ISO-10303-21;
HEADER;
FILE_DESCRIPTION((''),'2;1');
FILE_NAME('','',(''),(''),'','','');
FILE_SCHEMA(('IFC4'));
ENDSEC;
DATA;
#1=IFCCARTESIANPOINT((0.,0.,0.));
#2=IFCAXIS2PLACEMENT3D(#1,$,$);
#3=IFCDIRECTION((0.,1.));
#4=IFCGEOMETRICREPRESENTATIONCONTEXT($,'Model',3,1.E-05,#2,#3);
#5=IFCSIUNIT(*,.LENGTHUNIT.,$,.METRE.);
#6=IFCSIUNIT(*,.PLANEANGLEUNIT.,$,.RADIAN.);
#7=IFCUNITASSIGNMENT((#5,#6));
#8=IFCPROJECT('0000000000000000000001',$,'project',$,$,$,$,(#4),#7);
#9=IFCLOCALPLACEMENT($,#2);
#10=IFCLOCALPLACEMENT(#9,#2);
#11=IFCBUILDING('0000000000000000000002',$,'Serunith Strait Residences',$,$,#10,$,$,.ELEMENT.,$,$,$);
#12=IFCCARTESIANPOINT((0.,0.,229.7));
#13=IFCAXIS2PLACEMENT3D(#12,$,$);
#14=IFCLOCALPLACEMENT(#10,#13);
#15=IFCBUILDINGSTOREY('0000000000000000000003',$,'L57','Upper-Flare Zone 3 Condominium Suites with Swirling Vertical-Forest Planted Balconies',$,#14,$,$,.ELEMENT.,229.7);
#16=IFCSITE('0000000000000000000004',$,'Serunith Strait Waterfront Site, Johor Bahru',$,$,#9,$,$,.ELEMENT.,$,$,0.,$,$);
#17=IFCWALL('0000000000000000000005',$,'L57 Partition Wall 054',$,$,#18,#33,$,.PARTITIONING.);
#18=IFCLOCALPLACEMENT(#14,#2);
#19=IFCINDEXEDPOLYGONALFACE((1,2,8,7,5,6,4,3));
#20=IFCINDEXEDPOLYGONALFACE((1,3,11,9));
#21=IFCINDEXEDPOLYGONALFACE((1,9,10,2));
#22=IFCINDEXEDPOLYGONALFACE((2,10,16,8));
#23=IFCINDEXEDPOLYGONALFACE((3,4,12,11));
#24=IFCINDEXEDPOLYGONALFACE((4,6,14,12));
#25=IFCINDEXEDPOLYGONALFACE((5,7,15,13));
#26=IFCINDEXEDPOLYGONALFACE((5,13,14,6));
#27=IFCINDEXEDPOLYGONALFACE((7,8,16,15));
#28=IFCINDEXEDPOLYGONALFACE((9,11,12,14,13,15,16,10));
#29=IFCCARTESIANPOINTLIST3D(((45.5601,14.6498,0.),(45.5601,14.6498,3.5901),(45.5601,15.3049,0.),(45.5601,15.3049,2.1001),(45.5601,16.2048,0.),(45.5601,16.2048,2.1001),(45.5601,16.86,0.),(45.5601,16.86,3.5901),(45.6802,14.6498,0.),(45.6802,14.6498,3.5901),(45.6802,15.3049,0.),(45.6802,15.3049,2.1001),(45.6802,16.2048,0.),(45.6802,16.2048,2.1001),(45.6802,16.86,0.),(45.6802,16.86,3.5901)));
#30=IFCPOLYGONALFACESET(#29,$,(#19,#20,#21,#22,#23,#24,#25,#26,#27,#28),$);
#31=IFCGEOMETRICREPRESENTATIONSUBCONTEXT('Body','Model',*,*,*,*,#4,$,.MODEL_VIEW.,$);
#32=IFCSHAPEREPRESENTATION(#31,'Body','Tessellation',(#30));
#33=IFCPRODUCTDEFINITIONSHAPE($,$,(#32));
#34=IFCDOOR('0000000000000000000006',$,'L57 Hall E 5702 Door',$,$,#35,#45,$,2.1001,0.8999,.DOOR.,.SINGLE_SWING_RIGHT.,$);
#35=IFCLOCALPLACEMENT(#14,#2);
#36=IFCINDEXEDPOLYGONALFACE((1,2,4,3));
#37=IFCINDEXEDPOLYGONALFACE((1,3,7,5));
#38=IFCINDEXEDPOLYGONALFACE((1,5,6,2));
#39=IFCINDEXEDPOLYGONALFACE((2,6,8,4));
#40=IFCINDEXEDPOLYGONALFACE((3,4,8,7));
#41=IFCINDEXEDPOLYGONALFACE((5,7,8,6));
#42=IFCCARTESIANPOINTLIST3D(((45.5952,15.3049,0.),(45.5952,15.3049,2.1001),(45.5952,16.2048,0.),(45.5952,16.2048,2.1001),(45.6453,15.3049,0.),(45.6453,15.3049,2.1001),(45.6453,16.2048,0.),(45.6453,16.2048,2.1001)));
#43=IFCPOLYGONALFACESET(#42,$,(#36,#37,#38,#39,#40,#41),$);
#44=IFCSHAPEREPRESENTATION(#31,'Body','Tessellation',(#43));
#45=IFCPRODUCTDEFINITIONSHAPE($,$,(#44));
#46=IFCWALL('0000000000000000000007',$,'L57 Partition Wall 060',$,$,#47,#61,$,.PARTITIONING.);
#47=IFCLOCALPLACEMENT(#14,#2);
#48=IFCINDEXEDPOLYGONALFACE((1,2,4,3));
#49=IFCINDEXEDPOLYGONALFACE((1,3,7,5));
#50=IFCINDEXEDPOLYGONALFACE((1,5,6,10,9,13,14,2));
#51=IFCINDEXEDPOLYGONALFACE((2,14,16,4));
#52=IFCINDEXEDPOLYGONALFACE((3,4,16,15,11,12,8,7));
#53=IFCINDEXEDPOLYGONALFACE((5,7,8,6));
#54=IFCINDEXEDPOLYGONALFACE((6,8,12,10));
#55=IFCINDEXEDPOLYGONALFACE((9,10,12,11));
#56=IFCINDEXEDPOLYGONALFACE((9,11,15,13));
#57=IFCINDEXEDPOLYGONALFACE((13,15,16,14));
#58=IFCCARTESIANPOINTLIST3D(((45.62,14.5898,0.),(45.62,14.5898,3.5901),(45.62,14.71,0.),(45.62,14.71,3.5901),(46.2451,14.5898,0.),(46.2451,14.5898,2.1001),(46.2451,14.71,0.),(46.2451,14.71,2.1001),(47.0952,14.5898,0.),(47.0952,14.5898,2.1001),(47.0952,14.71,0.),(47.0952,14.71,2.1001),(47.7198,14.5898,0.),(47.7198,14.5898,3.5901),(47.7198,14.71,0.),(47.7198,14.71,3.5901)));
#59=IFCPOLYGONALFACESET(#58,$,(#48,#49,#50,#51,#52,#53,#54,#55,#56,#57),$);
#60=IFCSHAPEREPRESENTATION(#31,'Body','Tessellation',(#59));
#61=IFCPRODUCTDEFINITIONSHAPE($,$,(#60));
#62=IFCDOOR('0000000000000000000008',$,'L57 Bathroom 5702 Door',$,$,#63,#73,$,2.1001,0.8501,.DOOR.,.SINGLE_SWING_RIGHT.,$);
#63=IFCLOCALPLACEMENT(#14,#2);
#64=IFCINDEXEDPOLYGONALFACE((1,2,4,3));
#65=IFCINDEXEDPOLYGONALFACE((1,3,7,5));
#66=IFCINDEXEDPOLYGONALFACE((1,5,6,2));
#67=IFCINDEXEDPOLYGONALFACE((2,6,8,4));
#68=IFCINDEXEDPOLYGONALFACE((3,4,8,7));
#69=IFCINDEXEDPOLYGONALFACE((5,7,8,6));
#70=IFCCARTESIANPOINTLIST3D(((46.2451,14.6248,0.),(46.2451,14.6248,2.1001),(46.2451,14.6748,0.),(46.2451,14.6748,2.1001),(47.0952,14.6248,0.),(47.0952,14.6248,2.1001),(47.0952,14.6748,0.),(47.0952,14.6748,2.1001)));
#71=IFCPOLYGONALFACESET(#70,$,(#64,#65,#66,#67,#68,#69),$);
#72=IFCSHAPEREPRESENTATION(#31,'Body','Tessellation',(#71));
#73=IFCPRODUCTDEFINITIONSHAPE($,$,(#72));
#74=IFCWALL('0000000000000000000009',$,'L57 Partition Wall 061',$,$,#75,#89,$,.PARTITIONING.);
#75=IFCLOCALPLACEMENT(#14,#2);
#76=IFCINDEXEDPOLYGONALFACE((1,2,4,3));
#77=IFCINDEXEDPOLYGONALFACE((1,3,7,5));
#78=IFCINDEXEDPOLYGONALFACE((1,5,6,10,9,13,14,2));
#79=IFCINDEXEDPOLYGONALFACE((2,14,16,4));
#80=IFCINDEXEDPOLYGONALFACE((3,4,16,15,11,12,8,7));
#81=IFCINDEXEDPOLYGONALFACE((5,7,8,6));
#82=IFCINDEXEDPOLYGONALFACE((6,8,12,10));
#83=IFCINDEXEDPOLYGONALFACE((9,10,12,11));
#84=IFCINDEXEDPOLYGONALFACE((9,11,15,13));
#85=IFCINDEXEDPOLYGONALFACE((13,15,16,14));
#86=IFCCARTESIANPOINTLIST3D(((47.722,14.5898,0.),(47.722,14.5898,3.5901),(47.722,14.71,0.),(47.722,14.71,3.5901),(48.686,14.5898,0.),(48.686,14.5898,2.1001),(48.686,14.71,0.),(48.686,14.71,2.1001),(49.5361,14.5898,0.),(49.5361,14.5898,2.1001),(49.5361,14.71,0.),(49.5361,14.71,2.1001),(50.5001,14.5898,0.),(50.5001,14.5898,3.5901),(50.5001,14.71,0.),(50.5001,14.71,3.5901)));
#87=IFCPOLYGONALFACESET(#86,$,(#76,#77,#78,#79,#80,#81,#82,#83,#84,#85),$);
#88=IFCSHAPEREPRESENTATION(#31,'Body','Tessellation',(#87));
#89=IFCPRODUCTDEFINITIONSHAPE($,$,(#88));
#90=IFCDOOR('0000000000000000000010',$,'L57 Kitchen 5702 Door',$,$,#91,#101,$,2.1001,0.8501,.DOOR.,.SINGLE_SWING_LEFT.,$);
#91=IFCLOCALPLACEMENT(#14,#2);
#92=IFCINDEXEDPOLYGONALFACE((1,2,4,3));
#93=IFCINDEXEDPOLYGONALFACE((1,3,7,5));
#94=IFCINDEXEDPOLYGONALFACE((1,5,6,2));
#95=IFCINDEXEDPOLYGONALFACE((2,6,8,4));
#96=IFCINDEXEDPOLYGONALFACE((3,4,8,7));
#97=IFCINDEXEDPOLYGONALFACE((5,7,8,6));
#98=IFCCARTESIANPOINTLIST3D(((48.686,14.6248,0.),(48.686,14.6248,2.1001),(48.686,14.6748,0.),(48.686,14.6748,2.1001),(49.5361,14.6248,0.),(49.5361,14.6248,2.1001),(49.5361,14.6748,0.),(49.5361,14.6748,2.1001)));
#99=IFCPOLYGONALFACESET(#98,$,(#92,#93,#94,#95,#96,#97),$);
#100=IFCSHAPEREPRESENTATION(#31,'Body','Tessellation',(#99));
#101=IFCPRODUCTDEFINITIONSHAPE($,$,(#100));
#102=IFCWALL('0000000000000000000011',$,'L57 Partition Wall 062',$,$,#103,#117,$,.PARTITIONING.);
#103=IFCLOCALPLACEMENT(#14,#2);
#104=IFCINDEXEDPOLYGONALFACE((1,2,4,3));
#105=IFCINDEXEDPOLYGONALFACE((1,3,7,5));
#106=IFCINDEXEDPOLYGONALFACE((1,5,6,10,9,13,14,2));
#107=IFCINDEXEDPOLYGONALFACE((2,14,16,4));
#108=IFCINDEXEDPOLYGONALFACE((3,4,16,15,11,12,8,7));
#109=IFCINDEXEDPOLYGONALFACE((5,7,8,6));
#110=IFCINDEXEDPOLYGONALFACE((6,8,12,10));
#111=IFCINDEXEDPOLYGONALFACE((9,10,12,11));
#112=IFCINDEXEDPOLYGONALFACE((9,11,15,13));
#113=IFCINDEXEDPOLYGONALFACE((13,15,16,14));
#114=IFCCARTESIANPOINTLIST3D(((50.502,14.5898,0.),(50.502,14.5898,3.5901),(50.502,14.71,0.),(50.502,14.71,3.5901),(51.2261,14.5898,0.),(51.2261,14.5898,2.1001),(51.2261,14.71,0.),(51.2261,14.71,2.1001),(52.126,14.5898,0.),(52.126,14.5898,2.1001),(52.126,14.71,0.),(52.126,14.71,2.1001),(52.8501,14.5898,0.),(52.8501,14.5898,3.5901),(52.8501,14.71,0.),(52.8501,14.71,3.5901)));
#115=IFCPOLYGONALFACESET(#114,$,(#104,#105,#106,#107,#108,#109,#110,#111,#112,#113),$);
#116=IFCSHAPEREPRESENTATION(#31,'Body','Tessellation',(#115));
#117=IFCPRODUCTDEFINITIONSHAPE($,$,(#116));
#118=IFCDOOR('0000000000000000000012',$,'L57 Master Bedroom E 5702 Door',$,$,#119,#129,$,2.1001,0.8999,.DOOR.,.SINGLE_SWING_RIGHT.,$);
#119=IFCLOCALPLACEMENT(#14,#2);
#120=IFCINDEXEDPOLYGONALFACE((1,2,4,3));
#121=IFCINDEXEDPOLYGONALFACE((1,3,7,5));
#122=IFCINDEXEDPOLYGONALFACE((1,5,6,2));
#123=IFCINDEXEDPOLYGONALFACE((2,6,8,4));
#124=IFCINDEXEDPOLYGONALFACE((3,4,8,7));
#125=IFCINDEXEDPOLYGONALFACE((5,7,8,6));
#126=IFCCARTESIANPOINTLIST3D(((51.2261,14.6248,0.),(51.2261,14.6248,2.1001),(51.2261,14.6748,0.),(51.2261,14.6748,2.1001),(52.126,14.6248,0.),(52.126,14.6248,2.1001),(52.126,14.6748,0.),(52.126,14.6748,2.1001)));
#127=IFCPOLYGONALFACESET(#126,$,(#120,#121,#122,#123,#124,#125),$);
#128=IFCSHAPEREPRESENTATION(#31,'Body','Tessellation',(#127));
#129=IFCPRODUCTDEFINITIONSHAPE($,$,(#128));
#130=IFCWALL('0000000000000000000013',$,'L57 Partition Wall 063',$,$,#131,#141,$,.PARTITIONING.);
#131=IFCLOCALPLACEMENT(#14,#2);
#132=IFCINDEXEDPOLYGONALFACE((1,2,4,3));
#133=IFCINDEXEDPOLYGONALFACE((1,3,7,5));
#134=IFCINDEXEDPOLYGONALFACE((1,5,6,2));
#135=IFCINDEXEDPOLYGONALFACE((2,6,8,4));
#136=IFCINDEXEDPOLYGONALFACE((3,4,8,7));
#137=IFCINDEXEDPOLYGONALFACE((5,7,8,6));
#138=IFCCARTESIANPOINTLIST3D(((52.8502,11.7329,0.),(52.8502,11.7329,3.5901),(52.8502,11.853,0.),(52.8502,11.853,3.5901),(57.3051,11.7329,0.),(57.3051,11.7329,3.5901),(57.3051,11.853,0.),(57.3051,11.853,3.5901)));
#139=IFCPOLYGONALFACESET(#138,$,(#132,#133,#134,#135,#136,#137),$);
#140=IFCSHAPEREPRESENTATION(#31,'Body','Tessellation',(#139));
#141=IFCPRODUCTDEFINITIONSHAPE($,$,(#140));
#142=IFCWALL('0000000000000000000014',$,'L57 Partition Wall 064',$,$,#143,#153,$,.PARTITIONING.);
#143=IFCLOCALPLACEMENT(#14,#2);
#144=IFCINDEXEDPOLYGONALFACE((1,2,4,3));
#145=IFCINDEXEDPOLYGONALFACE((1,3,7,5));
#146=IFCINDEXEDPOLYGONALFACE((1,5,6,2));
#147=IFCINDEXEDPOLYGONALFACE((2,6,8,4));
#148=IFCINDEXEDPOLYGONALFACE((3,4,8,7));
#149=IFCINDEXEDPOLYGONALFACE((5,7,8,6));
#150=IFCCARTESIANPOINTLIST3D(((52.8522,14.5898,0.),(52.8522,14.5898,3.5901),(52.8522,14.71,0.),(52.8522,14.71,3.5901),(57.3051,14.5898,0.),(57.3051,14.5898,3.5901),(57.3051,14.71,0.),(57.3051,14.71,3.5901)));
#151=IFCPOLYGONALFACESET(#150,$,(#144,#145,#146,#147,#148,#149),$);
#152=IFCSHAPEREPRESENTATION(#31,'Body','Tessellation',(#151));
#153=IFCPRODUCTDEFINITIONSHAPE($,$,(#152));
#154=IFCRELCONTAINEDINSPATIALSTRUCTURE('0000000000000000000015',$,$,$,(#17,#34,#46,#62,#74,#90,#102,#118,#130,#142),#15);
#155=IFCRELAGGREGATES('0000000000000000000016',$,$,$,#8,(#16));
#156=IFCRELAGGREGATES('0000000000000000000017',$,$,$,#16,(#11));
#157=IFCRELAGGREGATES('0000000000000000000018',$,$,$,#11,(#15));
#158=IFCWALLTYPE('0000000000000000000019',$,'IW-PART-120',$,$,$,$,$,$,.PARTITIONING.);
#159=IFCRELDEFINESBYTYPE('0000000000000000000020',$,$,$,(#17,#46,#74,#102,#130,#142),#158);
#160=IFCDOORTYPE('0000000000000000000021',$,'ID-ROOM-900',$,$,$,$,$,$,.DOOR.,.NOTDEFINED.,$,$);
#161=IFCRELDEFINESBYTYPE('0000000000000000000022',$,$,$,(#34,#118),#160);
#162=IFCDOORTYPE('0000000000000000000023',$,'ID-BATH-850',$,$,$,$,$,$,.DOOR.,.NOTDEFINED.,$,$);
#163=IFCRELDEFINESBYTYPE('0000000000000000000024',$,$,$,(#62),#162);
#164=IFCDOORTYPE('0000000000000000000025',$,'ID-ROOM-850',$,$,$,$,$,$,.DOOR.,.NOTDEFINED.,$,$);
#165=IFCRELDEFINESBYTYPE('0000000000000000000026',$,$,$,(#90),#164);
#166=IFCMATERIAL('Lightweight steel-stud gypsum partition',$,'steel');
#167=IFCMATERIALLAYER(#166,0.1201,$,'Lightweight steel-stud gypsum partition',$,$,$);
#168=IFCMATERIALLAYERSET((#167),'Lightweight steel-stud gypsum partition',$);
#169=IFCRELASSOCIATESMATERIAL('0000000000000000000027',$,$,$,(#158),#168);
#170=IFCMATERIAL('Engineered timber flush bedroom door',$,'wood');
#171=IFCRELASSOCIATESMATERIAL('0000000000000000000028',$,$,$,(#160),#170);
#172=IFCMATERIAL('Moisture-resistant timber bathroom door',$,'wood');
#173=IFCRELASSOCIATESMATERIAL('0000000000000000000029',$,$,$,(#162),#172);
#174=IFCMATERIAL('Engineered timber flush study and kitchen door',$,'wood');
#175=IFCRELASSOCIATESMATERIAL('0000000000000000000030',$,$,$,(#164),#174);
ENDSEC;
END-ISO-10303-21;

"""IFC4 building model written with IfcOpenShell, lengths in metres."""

from ifc_helpers import new_model, si_unit, direction, frame, frame_2d, origin, place, context, subcontext, project, spatial, rectangle, extrude, source, transform, mapped, material, layer, layer_set, type_object, element, fill, save


model = new_model("IFC4")

# Units and contexts
model_context = context("Model", 3, precision=1e-05, world=origin(), true_north=direction((0.0, 1.0)))
body_context = subcontext(model_context, "Body", "Model", "MODEL_VIEW")
ifc_project = project(units=[si_unit("LENGTHUNIT", "METRE"), si_unit("PLANEANGLEUNIT", "RADIAN")], contexts=[model_context])

# Site, building, storey
site_placement = place(None, origin())
site = spatial("IfcSite", under=ifc_project, at=site_placement, Name="Serunith Strait Waterfront Site, Johor Bahru", CompositionType="ELEMENT", RefElevation=0.0)
building_placement = place(site_placement, origin())
building = spatial("IfcBuilding", under=site, at=building_placement, Name="Serunith Strait Residences", CompositionType="ELEMENT")
storey_placement = place(building_placement, frame((0.0, 0.0, 229.7)))
storey = spatial("IfcBuildingStorey", under=building, at=storey_placement, Name="L57", Description="Upper-Flare Zone 3 Condominium Suites with Swirling Vertical-Forest Planted Balconies", CompositionType="ELEMENT", Elevation=229.7)

# Walls, openings, doors
ifc_material_1 = material(Name="Lightweight steel-stud gypsum partition", Category="steel")
ifc_layer_1 = layer(ifc_material_1, 0.1201, Name="Lightweight steel-stud gypsum partition")
ifc_layer_set_1 = layer_set([ifc_layer_1], Name="Lightweight steel-stud gypsum partition")
wall_type = type_object("IfcWallType", Name="IW-PART-120", PredefinedType="PARTITIONING", material=ifc_layer_set_1)
wall_1_placement = place(storey_placement, frame((45.6201, 14.6499, 0.0), z_axis=(0.0, 0.0, 1.0), x_axis=(0.0, 1.0, 0.0)))
wall_1 = element("IfcWall", 1, at=wall_1_placement, inside=storey, type_object=wall_type, Name="L57 Partition Wall 054", PredefinedType="PARTITIONING", context=body_context, shape_type="SweptSolid", body=[
    extrude(rectangle(XDim=2.2102, YDim=0.1201, at=frame_2d((1.105, 0.0))), origin(), (0.0, 0.0, 1.0), 3.5901),
])
opening_1_placement = place(wall_1_placement, frame((0.655, 0.0, 0.0)))
opening_1 = element("IfcOpeningElement", 2, at=opening_1_placement, cuts=wall_1, PredefinedType="OPENING", context=body_context, shape_type="SweptSolid", body=[
    extrude(rectangle(XDim=0.8999, YDim=2.1001, at=frame_2d((0.45, 1.05))), frame((0.0, 0.0701, 0.0), z_axis=(0.0, -1.0, 0.0), x_axis=(1.0, 0.0, 0.0)), (0.0, 0.0, 1.0), 0.1401),
])
ifc_material_2 = material(Name="Engineered timber flush bedroom door", Category="wood")
door_type_1 = type_object("IfcDoorType", Name="ID-ROOM-900", OperationType="NOTDEFINED", PredefinedType="DOOR", material=ifc_material_2)
shared_shape_1 = source(origin(), body_context, "Body", "SweptSolid", [
    extrude(rectangle(XDim=0.8999, YDim=2.1001, at=frame_2d((0.45, 1.05))), frame((0.0, 0.0249, 0.0), z_axis=(0.0, -1.0, 0.0), x_axis=(1.0, 0.0, 0.0)), (0.0, 0.0, 1.0), 0.05),
])
door_1_placement = place(opening_1_placement, origin())
door_1 = element("IfcDoor", 3, at=door_1_placement, inside=storey, type_object=door_type_1, Name="L57 Hall E 5702 Door", OperationType="SINGLE_SWING_RIGHT", OverallHeight=2.1001, OverallWidth=0.8999, PredefinedType="DOOR", context=body_context, shape_type="MappedRepresentation", body=[
    mapped(shared_shape_1, transform((0.0, 0.0, 0.0), scale=1.0)),
])
fill(opening_1, door_1)
wall_2_placement = place(storey_placement, frame((45.6201, 14.6499, 0.0), z_axis=(0.0, 0.0, 1.0), x_axis=(1.0, 0.0, 0.0)))
wall_2 = element("IfcWall", 4, at=wall_2_placement, inside=storey, type_object=wall_type, Name="L57 Partition Wall 060", PredefinedType="PARTITIONING", context=body_context, shape_type="SweptSolid", body=[
    extrude(rectangle(XDim=2.0999, YDim=0.1201, at=frame_2d((1.0498, 0.0))), origin(), (0.0, 0.0, 1.0), 3.5901),
])
opening_2_placement = place(wall_2_placement, frame((0.625, 0.0, 0.0)))
opening_2 = element("IfcOpeningElement", 5, at=opening_2_placement, cuts=wall_2, PredefinedType="OPENING", context=body_context, shape_type="SweptSolid", body=[
    extrude(rectangle(XDim=0.8501, YDim=2.1001, at=frame_2d((0.425, 1.05))), frame((0.0, 0.0701, 0.0), z_axis=(0.0, -1.0, 0.0), x_axis=(1.0, 0.0, 0.0)), (0.0, 0.0, 1.0), 0.1401),
])
ifc_material_3 = material(Name="Moisture-resistant timber bathroom door", Category="wood")
door_type_2 = type_object("IfcDoorType", Name="ID-BATH-850", OperationType="NOTDEFINED", PredefinedType="DOOR", material=ifc_material_3)
shared_shape_2 = source(origin(), body_context, "Body", "SweptSolid", [
    extrude(rectangle(XDim=0.8501, YDim=2.1001, at=frame_2d((0.425, 1.05))), frame((0.0, 0.0249, 0.0), z_axis=(0.0, -1.0, 0.0), x_axis=(1.0, 0.0, 0.0)), (0.0, 0.0, 1.0), 0.05),
])
door_2_placement = place(opening_2_placement, origin())
door_2 = element("IfcDoor", 6, at=door_2_placement, inside=storey, type_object=door_type_2, Name="L57 Bathroom 5702 Door", OperationType="SINGLE_SWING_RIGHT", OverallHeight=2.1001, OverallWidth=0.8501, PredefinedType="DOOR", context=body_context, shape_type="MappedRepresentation", body=[
    mapped(shared_shape_2, transform((0.0, 0.0, 0.0), scale=1.0)),
])
fill(opening_2, door_2)
wall_3_placement = place(storey_placement, frame((47.7219, 14.6499, 0.0), z_axis=(0.0, 0.0, 1.0), x_axis=(1.0, 0.0, 0.0)))
wall_3 = element("IfcWall", 7, at=wall_3_placement, inside=storey, type_object=wall_type, Name="L57 Partition Wall 061", PredefinedType="PARTITIONING", context=body_context, shape_type="SweptSolid", body=[
    extrude(rectangle(XDim=2.7781, YDim=0.1201, at=frame_2d((1.3892, 0.0))), origin(), (0.0, 0.0, 1.0), 3.5901),
])
opening_3_placement = place(wall_3_placement, frame((0.9641, 0.0, 0.0)))
opening_3 = element("IfcOpeningElement", 8, at=opening_3_placement, cuts=wall_3, PredefinedType="OPENING", context=body_context, shape_type="SweptSolid", body=[
    extrude(rectangle(XDim=0.8501, YDim=2.1001, at=frame_2d((0.425, 1.05))), frame((0.0, 0.0701, 0.0), z_axis=(0.0, -1.0, 0.0), x_axis=(1.0, 0.0, 0.0)), (0.0, 0.0, 1.0), 0.1401),
])
ifc_material_4 = material(Name="Engineered timber flush study and kitchen door", Category="wood")
door_type_3 = type_object("IfcDoorType", Name="ID-ROOM-850", OperationType="NOTDEFINED", PredefinedType="DOOR", material=ifc_material_4)
door_3_placement = place(opening_3_placement, origin())
door_3 = element("IfcDoor", 9, at=door_3_placement, inside=storey, type_object=door_type_3, Name="L57 Kitchen 5702 Door", OperationType="SINGLE_SWING_LEFT", OverallHeight=2.1001, OverallWidth=0.8501, PredefinedType="DOOR", context=body_context, shape_type="MappedRepresentation", body=[
    mapped(shared_shape_2, transform((0.0, 0.0, 0.0), scale=1.0)),
])
fill(opening_3, door_3)
wall_4_placement = place(storey_placement, frame((50.502, 14.6499, 0.0), z_axis=(0.0, 0.0, 1.0), x_axis=(1.0, 0.0, 0.0)))
wall_4 = element("IfcWall", 10, at=wall_4_placement, inside=storey, type_object=wall_type, Name="L57 Partition Wall 062", PredefinedType="PARTITIONING", context=body_context, shape_type="SweptSolid", body=[
    extrude(rectangle(XDim=2.3481, YDim=0.1201, at=frame_2d((1.1741, 0.0))), origin(), (0.0, 0.0, 1.0), 3.5901),
])
opening_4_placement = place(wall_4_placement, frame((0.7241, 0.0, 0.0)))
opening_4 = element("IfcOpeningElement", 11, at=opening_4_placement, cuts=wall_4, PredefinedType="OPENING", context=body_context, shape_type="SweptSolid", body=[
    extrude(rectangle(XDim=0.8999, YDim=2.1001, at=frame_2d((0.45, 1.05))), frame((0.0, 0.0701, 0.0), z_axis=(0.0, -1.0, 0.0), x_axis=(1.0, 0.0, 0.0)), (0.0, 0.0, 1.0), 0.1401),
])
door_4_placement = place(opening_4_placement, origin())
door_4 = element("IfcDoor", 12, at=door_4_placement, inside=storey, type_object=door_type_1, Name="L57 Master Bedroom E 5702 Door", OperationType="SINGLE_SWING_RIGHT", OverallHeight=2.1001, OverallWidth=0.8999, PredefinedType="DOOR", context=body_context, shape_type="MappedRepresentation", body=[
    mapped(shared_shape_1, transform((0.0, 0.0, 0.0), scale=1.0)),
])
fill(opening_4, door_4)

# Walls
wall_5_placement = place(storey_placement, frame((52.8501, 11.793, 0.0), z_axis=(0.0, 0.0, 1.0), x_axis=(1.0, 0.0, 0.0)))
element("IfcWall", 13, at=wall_5_placement, inside=storey, type_object=wall_type, Name="L57 Partition Wall 063", PredefinedType="PARTITIONING", context=body_context, shape_type="SweptSolid", body=[
    extrude(rectangle(XDim=4.4548, YDim=0.1201, at=frame_2d((2.2275, 0.0))), origin(), (0.0, 0.0, 1.0), 3.5901),
])
wall_6_placement = place(storey_placement, frame((52.8521, 14.6499, 0.0), z_axis=(0.0, 0.0, 1.0), x_axis=(1.0, 0.0, 0.0)))
element("IfcWall", 14, at=wall_6_placement, inside=storey, type_object=wall_type, Name="L57 Partition Wall 064", PredefinedType="PARTITIONING", context=body_context, shape_type="SweptSolid", body=[
    extrude(rectangle(XDim=4.4529, YDim=0.1201, at=frame_2d((2.2266, 0.0))), origin(), (0.0, 0.0, 1.0), 3.5901),
])

save(model, "model.ifc")
